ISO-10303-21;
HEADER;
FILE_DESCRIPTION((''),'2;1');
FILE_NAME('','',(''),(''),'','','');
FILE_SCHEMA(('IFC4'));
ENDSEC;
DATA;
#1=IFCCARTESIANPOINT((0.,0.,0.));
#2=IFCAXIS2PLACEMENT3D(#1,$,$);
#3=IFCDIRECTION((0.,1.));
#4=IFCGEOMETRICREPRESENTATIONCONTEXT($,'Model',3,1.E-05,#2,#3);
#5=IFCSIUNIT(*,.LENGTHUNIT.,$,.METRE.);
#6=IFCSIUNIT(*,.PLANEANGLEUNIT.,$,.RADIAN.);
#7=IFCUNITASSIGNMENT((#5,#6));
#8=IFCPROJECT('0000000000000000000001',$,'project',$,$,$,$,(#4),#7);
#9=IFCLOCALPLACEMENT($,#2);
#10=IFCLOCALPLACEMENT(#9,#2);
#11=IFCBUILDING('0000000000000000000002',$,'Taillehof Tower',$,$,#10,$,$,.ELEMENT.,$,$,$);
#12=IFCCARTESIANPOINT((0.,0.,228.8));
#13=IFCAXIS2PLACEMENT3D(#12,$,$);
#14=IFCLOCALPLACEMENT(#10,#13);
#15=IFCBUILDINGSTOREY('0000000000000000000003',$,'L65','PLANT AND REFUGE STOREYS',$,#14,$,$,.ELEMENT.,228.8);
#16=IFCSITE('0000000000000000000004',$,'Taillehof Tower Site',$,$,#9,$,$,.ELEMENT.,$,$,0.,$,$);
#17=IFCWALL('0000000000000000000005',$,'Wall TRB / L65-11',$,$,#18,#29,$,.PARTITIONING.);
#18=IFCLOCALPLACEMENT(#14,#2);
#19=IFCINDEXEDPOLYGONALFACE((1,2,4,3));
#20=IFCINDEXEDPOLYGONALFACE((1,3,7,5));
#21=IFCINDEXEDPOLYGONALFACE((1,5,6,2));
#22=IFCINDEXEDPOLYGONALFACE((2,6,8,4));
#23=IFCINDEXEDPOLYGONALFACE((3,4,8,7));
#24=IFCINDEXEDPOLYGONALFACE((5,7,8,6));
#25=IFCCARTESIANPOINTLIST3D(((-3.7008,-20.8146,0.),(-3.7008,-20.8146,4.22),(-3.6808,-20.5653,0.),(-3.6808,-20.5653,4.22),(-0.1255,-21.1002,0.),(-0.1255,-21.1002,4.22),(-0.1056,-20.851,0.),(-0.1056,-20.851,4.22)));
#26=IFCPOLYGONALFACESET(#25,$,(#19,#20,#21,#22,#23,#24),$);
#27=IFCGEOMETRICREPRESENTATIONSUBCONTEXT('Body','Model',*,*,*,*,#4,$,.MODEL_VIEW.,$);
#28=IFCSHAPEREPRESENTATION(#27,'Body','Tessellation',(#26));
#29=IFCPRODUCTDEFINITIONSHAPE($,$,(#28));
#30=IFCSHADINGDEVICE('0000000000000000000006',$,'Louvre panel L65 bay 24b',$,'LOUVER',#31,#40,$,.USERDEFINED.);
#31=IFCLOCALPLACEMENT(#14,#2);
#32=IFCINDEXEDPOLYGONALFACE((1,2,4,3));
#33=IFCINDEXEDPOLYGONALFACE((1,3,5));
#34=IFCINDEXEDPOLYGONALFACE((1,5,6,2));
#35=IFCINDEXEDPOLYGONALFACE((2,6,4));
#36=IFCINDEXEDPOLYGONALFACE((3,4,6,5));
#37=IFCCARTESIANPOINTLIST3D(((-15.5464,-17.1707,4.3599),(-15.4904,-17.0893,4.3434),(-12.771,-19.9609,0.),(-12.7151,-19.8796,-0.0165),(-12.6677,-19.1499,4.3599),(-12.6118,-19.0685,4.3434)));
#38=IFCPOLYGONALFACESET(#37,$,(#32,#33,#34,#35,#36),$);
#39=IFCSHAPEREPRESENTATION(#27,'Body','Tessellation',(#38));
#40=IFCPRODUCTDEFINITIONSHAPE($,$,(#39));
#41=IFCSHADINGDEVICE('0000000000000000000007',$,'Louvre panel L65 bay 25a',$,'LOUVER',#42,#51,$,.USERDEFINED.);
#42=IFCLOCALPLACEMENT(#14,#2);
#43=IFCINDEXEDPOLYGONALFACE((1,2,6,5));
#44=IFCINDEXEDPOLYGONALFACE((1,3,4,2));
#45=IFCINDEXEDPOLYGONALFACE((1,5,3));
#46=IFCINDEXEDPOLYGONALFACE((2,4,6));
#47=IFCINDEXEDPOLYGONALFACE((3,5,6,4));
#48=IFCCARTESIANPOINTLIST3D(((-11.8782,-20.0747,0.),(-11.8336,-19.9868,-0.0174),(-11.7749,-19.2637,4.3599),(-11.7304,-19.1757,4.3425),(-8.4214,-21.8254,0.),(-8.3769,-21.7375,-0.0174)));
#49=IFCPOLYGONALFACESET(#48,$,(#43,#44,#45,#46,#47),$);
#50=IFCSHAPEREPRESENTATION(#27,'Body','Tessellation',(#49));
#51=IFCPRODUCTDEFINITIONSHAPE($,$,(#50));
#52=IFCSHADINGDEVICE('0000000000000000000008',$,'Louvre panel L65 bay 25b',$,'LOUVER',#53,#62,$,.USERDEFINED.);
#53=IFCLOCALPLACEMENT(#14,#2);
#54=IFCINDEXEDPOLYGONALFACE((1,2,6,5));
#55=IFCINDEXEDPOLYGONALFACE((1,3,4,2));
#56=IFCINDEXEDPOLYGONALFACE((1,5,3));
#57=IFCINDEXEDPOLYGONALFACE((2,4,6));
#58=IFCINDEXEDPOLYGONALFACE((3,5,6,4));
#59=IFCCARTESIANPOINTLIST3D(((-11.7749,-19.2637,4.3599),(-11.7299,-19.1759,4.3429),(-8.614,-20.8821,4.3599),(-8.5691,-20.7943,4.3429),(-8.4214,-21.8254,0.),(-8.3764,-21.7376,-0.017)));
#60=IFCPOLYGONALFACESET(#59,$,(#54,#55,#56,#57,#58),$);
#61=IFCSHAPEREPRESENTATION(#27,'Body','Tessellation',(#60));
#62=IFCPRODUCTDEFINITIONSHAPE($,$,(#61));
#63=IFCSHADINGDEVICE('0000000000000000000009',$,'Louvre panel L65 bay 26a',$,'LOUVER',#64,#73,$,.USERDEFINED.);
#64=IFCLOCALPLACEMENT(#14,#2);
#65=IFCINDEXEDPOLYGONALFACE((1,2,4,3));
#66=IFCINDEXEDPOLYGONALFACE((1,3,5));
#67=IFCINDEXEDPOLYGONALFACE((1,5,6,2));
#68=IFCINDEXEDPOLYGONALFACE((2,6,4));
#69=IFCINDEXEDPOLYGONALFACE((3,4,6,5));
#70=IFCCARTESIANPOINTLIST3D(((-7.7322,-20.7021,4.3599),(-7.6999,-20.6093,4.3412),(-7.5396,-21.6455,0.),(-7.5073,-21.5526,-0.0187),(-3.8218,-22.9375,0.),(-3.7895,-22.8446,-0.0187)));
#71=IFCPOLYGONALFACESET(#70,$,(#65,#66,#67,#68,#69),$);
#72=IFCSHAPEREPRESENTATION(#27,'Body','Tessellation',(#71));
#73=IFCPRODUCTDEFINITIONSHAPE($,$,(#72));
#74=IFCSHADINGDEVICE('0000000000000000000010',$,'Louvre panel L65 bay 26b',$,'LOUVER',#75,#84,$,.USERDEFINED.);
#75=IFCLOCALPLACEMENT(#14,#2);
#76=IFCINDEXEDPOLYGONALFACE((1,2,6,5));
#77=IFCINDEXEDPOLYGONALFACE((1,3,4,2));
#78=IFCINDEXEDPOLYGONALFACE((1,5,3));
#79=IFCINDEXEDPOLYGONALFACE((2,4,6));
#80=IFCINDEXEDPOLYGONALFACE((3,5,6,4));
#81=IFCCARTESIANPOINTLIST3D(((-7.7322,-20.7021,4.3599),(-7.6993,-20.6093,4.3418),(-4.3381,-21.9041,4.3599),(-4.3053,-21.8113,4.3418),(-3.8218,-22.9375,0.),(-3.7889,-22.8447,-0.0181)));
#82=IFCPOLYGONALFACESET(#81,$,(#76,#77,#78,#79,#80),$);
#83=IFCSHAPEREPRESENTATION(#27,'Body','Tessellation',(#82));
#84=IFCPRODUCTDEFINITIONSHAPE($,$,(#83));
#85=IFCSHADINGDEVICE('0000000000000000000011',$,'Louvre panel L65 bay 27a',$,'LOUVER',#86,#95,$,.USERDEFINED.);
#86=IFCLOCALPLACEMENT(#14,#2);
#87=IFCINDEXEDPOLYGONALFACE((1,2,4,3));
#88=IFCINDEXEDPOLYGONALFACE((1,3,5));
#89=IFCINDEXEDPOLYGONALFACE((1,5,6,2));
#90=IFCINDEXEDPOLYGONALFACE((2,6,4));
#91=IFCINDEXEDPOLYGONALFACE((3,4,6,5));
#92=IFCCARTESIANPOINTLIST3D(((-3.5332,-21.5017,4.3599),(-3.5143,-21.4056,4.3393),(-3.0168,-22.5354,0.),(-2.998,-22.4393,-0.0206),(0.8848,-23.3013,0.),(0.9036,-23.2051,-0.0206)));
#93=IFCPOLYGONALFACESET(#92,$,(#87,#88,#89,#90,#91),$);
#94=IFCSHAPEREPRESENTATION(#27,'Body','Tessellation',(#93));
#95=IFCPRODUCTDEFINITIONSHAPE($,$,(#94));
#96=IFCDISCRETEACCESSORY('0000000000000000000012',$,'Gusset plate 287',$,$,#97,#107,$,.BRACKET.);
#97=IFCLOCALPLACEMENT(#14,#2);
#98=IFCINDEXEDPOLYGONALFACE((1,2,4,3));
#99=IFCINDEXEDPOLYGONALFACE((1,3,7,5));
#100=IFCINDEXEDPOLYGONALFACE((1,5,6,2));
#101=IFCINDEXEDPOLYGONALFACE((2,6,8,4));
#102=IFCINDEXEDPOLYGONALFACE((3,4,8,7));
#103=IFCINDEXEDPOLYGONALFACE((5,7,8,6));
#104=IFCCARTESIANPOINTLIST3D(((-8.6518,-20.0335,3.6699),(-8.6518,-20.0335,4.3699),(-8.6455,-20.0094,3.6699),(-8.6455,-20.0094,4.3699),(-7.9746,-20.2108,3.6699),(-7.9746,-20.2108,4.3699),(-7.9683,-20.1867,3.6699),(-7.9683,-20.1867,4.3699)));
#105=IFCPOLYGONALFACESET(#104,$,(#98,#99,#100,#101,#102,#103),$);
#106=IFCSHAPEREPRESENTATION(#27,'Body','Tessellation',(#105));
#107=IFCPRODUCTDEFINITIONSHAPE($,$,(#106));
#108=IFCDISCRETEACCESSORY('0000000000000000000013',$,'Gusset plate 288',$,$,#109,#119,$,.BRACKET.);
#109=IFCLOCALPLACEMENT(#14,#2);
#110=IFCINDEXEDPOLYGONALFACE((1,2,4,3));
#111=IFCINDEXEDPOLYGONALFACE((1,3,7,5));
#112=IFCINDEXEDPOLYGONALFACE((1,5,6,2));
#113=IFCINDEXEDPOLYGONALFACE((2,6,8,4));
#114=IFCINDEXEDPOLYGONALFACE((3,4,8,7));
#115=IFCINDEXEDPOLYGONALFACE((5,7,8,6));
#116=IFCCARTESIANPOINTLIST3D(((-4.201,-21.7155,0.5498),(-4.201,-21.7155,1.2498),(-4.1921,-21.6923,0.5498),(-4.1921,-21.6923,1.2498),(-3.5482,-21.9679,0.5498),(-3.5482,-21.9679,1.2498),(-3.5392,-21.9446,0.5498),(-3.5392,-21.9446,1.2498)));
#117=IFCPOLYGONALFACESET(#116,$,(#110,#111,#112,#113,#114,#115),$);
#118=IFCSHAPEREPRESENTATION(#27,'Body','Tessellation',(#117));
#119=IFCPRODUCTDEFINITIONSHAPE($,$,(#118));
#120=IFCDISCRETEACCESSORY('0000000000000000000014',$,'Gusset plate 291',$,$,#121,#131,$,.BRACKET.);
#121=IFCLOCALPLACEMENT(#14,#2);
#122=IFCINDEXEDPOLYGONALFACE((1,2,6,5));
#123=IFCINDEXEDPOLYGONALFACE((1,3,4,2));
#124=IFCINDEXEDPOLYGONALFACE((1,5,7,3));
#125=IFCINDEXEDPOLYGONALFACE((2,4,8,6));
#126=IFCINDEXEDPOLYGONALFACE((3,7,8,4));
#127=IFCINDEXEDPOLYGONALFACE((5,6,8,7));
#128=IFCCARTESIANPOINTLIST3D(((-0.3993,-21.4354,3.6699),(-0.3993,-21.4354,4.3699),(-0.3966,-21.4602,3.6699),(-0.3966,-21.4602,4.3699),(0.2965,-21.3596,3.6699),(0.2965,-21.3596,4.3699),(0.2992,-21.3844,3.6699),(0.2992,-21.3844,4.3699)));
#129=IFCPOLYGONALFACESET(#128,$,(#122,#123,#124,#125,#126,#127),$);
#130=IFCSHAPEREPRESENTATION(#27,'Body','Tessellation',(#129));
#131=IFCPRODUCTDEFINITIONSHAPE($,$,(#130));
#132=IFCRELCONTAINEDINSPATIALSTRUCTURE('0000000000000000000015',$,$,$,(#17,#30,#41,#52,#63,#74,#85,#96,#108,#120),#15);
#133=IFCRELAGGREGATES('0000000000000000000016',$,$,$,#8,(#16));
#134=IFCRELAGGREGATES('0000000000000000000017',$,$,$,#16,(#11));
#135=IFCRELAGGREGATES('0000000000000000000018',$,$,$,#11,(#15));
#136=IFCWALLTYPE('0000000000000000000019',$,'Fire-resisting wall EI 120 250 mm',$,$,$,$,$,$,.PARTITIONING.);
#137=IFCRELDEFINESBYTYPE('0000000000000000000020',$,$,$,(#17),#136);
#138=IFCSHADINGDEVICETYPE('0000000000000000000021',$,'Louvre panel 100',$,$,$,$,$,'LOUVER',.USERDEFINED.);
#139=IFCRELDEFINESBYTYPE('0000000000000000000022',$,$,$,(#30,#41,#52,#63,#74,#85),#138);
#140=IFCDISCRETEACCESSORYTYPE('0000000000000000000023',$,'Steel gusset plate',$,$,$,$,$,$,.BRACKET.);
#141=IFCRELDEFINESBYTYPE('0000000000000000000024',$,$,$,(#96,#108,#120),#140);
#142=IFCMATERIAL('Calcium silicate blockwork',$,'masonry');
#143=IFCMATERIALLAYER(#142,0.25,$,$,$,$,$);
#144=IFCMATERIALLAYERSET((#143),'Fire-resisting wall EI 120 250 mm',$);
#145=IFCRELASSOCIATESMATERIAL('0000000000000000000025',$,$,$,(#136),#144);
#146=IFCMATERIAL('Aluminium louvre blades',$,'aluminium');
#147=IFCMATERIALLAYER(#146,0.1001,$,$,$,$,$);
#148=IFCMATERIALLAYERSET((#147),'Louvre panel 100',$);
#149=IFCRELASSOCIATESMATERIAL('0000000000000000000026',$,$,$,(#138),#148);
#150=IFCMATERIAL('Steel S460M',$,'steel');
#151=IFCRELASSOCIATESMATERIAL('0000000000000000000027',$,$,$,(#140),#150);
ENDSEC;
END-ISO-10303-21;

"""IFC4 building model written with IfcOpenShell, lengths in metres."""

from ifc_helpers import new_model, si_unit, direction, frame, frame_2d, origin, origin_2d, place, context, subcontext, project, spatial, polyline, rectangle, outline, extrude, material, layer, layer_set, type_object, element, save


model = new_model("IFC4")

# Units and contexts
model_context = context("Model", 3, precision=1e-05, world=origin(), true_north=direction((0.0, 1.0)))
body_context = subcontext(model_context, "Body", "Model", "MODEL_VIEW")
ifc_project = project(units=[si_unit("LENGTHUNIT", "METRE"), si_unit("PLANEANGLEUNIT", "RADIAN")], contexts=[model_context])

# Site, building, storey
site_placement = place(None, origin())
site = spatial("IfcSite", under=ifc_project, at=site_placement, Name="Taillehof Tower Site", CompositionType="ELEMENT", RefElevation=0.0)
building_placement = place(site_placement, origin())
building = spatial("IfcBuilding", under=site, at=building_placement, Name="Taillehof Tower", CompositionType="ELEMENT")
storey_placement = place(building_placement, frame((0.0, 0.0, 228.8)))
storey = spatial("IfcBuildingStorey", under=building, at=storey_placement, Name="L65", Description="PLANT AND REFUGE STOREYS", CompositionType="ELEMENT", Elevation=228.8)

# Wall
ifc_material_1 = material(Name="Calcium silicate blockwork", Category="masonry")
ifc_layer_1 = layer(ifc_material_1, 0.25)
ifc_layer_set_1 = layer_set([ifc_layer_1], Name="Fire-resisting wall EI 120 250 mm")
wall_type = type_object("IfcWallType", Name="Fire-resisting wall EI 120 250 mm", PredefinedType="PARTITIONING", material=ifc_layer_set_1)
wall_1_placement = place(storey_placement, frame((-3.6909, -20.6899, 0.0), z_axis=(0.0, 0.0, 1.0), x_axis=(0.996823, -0.079642, 0.0)))
element("IfcWall", 1, at=wall_1_placement, inside=storey, type_object=wall_type, Name="Wall TRB / L65-11", PredefinedType="PARTITIONING", context=body_context, shape_type="SweptSolid", body=[
    extrude(rectangle(XDim=3.5867, YDim=0.25, at=frame_2d((1.7935, 0.0))), origin(), (0.0, 0.0, 1.0), 4.22),
])

# Shading devices
ifc_material_2 = material(Name="Aluminium louvre blades", Category="aluminium")
ifc_layer_2 = layer(ifc_material_2, 0.1001)
ifc_layer_set_2 = layer_set([ifc_layer_2], Name="Louvre panel 100")
shading_device_type = type_object("IfcShadingDeviceType", Name="Louvre panel 100", ElementType="LOUVER", PredefinedType="USERDEFINED", material=ifc_layer_set_2)
shading_device_1_placement = place(storey_placement, frame((-12.771, -19.9609, 0.0), z_axis=(-0.558849, -0.812803, 0.164437), x_axis=(0.023281, 0.182836, 0.982868)))
element("IfcShadingDevice", 2, at=shading_device_1_placement, inside=storey, type_object=shading_device_type, Name="Louvre panel L65 bay 24b", ObjectType="LOUVER", PredefinedType="USERDEFINED", context=body_context, shape_type="SweptSolid", body=[
    extrude(outline(polyline([(0.0, 0.0), (4.4359, 0.0), (4.7307, 3.481), (0.0, 0.0)])), origin(), (0.0, 0.0, -1.0), 0.1001),
])
shading_device_2_placement = place(storey_placement, frame((-11.8782, -20.0747, 0.0), z_axis=(-0.444931, -0.878507, 0.173962), x_axis=(0.892109, -0.45182, 0.0)))
element("IfcShadingDevice", 3, at=shading_device_2_placement, inside=storey, type_object=shading_device_type, Name="Louvre panel L65 bay 25a", ObjectType="LOUVER", PredefinedType="USERDEFINED", context=body_context, shape_type="SweptSolid", body=[
    extrude(outline(polyline([(0.0, 0.0), (3.8748, 0.0), (-0.2743, 4.4274), (0.0, 0.0)])), origin(), (0.0, 0.0, -1.0), 0.1001),
])
shading_device_3_placement = place(storey_placement, frame((-8.4214, -21.8254, 0.0), z_axis=(-0.449116, -0.877161, 0.169952), x_axis=(-0.043142, 0.211283, 0.976472)))
element("IfcShadingDevice", 4, at=shading_device_3_placement, inside=storey, type_object=shading_device_type, Name="Louvre panel L65 bay 25b", ObjectType="LOUVER", PredefinedType="USERDEFINED", context=body_context, shape_type="SweptSolid", body=[
    extrude(outline(polyline([(0.0, 0.0), (4.4649, 0.0), (4.9432, 3.5188), (0.0, 0.0)])), origin(), (0.0, 0.0, -1.0), 0.1001),
])
shading_device_4_placement = place(storey_placement, frame((-7.5396, -21.6455, 0.0), z_axis=(-0.322498, -0.928006, 0.186547), x_axis=(0.944587, -0.328261, 0.0)))
element("IfcShadingDevice", 5, at=shading_device_4_placement, inside=storey, type_object=shading_device_type, Name="Louvre panel L65 bay 26a", ObjectType="LOUVER", PredefinedType="USERDEFINED", context=body_context, shape_type="SweptSolid", body=[
    extrude(outline(polyline([(0.0, 0.0), (3.9359, 0.0), (-0.4916, 4.4378), (0.0, 0.0)])), origin(), (0.0, 0.0, -1.0), 0.1001),
])
shading_device_5_placement = place(storey_placement, frame((-3.8218, -22.9375, 0.0), z_axis=(-0.328304, -0.927093, 0.180873), x_axis=(-0.114483, 0.229129, 0.96664)))
element("IfcShadingDevice", 6, at=shading_device_5_placement, inside=storey, type_object=shading_device_type, Name="Louvre panel L65 bay 26b", ObjectType="LOUVER", PredefinedType="USERDEFINED", context=body_context, shape_type="SweptSolid", body=[
    extrude(outline(polyline([(0.0, 0.0), (4.5103, 0.0), (5.1743, 3.5388), (0.0, 0.0)])), origin(), (0.0, 0.0, -1.0), 0.1001),
])
shading_device_6_placement = place(storey_placement, frame((-3.0168, -22.5354, 0.0), z_axis=(-0.188514, -0.960358, 0.205367), x_axis=(0.981273, -0.19262, 0.0)))
element("IfcShadingDevice", 7, at=shading_device_6_placement, inside=storey, type_object=shading_device_type, Name="Louvre panel L65 bay 27a", ObjectType="LOUVER", PredefinedType="USERDEFINED", context=body_context, shape_type="SweptSolid", body=[
    extrude(outline(polyline([(0.0, 0.0), (3.9761, 0.0), (-0.7058, 4.4548), (0.0, 0.0)])), origin(), (0.0, 0.0, -1.0), 0.1001),
])

# Discrete accessories
ifc_material_3 = material(Name="Steel S460M", Category="steel")
discrete_accessory_type = type_object("IfcDiscreteAccessoryType", Name="Steel gusset plate", PredefinedType="BRACKET", material=ifc_material_3)
for number, where, z_axis, x_axis, name in (
    (8, (-8.3101, -20.1101, 3.6699), (0.0, 0.0, 1.0), (0.967398, -0.253262, 0.0), "Gusset plate 287"),
    (9, (-3.8701, -21.8301, 0.5498), (0.0, 0.0, 1.0), (0.932745, -0.360536, 0.0), "Gusset plate 288"),
    (10, (-0.05, -21.4099, 3.6699), (0.0, 0.0, 1.0), (0.994123, 0.108254, 0.0), "Gusset plate 291"),
):
    element("IfcDiscreteAccessory", number, at=place(storey_placement, frame(where, z_axis=z_axis, x_axis=x_axis)), inside=storey, type_object=discrete_accessory_type, Name=name, PredefinedType="BRACKET", context=body_context, shape_type="SweptSolid", body=[
        extrude(rectangle(XDim=0.7, YDim=0.0249, at=origin_2d()), origin(), (0.0, 0.0, 1.0), 0.7),
    ])

save(model, "model.ifc")
